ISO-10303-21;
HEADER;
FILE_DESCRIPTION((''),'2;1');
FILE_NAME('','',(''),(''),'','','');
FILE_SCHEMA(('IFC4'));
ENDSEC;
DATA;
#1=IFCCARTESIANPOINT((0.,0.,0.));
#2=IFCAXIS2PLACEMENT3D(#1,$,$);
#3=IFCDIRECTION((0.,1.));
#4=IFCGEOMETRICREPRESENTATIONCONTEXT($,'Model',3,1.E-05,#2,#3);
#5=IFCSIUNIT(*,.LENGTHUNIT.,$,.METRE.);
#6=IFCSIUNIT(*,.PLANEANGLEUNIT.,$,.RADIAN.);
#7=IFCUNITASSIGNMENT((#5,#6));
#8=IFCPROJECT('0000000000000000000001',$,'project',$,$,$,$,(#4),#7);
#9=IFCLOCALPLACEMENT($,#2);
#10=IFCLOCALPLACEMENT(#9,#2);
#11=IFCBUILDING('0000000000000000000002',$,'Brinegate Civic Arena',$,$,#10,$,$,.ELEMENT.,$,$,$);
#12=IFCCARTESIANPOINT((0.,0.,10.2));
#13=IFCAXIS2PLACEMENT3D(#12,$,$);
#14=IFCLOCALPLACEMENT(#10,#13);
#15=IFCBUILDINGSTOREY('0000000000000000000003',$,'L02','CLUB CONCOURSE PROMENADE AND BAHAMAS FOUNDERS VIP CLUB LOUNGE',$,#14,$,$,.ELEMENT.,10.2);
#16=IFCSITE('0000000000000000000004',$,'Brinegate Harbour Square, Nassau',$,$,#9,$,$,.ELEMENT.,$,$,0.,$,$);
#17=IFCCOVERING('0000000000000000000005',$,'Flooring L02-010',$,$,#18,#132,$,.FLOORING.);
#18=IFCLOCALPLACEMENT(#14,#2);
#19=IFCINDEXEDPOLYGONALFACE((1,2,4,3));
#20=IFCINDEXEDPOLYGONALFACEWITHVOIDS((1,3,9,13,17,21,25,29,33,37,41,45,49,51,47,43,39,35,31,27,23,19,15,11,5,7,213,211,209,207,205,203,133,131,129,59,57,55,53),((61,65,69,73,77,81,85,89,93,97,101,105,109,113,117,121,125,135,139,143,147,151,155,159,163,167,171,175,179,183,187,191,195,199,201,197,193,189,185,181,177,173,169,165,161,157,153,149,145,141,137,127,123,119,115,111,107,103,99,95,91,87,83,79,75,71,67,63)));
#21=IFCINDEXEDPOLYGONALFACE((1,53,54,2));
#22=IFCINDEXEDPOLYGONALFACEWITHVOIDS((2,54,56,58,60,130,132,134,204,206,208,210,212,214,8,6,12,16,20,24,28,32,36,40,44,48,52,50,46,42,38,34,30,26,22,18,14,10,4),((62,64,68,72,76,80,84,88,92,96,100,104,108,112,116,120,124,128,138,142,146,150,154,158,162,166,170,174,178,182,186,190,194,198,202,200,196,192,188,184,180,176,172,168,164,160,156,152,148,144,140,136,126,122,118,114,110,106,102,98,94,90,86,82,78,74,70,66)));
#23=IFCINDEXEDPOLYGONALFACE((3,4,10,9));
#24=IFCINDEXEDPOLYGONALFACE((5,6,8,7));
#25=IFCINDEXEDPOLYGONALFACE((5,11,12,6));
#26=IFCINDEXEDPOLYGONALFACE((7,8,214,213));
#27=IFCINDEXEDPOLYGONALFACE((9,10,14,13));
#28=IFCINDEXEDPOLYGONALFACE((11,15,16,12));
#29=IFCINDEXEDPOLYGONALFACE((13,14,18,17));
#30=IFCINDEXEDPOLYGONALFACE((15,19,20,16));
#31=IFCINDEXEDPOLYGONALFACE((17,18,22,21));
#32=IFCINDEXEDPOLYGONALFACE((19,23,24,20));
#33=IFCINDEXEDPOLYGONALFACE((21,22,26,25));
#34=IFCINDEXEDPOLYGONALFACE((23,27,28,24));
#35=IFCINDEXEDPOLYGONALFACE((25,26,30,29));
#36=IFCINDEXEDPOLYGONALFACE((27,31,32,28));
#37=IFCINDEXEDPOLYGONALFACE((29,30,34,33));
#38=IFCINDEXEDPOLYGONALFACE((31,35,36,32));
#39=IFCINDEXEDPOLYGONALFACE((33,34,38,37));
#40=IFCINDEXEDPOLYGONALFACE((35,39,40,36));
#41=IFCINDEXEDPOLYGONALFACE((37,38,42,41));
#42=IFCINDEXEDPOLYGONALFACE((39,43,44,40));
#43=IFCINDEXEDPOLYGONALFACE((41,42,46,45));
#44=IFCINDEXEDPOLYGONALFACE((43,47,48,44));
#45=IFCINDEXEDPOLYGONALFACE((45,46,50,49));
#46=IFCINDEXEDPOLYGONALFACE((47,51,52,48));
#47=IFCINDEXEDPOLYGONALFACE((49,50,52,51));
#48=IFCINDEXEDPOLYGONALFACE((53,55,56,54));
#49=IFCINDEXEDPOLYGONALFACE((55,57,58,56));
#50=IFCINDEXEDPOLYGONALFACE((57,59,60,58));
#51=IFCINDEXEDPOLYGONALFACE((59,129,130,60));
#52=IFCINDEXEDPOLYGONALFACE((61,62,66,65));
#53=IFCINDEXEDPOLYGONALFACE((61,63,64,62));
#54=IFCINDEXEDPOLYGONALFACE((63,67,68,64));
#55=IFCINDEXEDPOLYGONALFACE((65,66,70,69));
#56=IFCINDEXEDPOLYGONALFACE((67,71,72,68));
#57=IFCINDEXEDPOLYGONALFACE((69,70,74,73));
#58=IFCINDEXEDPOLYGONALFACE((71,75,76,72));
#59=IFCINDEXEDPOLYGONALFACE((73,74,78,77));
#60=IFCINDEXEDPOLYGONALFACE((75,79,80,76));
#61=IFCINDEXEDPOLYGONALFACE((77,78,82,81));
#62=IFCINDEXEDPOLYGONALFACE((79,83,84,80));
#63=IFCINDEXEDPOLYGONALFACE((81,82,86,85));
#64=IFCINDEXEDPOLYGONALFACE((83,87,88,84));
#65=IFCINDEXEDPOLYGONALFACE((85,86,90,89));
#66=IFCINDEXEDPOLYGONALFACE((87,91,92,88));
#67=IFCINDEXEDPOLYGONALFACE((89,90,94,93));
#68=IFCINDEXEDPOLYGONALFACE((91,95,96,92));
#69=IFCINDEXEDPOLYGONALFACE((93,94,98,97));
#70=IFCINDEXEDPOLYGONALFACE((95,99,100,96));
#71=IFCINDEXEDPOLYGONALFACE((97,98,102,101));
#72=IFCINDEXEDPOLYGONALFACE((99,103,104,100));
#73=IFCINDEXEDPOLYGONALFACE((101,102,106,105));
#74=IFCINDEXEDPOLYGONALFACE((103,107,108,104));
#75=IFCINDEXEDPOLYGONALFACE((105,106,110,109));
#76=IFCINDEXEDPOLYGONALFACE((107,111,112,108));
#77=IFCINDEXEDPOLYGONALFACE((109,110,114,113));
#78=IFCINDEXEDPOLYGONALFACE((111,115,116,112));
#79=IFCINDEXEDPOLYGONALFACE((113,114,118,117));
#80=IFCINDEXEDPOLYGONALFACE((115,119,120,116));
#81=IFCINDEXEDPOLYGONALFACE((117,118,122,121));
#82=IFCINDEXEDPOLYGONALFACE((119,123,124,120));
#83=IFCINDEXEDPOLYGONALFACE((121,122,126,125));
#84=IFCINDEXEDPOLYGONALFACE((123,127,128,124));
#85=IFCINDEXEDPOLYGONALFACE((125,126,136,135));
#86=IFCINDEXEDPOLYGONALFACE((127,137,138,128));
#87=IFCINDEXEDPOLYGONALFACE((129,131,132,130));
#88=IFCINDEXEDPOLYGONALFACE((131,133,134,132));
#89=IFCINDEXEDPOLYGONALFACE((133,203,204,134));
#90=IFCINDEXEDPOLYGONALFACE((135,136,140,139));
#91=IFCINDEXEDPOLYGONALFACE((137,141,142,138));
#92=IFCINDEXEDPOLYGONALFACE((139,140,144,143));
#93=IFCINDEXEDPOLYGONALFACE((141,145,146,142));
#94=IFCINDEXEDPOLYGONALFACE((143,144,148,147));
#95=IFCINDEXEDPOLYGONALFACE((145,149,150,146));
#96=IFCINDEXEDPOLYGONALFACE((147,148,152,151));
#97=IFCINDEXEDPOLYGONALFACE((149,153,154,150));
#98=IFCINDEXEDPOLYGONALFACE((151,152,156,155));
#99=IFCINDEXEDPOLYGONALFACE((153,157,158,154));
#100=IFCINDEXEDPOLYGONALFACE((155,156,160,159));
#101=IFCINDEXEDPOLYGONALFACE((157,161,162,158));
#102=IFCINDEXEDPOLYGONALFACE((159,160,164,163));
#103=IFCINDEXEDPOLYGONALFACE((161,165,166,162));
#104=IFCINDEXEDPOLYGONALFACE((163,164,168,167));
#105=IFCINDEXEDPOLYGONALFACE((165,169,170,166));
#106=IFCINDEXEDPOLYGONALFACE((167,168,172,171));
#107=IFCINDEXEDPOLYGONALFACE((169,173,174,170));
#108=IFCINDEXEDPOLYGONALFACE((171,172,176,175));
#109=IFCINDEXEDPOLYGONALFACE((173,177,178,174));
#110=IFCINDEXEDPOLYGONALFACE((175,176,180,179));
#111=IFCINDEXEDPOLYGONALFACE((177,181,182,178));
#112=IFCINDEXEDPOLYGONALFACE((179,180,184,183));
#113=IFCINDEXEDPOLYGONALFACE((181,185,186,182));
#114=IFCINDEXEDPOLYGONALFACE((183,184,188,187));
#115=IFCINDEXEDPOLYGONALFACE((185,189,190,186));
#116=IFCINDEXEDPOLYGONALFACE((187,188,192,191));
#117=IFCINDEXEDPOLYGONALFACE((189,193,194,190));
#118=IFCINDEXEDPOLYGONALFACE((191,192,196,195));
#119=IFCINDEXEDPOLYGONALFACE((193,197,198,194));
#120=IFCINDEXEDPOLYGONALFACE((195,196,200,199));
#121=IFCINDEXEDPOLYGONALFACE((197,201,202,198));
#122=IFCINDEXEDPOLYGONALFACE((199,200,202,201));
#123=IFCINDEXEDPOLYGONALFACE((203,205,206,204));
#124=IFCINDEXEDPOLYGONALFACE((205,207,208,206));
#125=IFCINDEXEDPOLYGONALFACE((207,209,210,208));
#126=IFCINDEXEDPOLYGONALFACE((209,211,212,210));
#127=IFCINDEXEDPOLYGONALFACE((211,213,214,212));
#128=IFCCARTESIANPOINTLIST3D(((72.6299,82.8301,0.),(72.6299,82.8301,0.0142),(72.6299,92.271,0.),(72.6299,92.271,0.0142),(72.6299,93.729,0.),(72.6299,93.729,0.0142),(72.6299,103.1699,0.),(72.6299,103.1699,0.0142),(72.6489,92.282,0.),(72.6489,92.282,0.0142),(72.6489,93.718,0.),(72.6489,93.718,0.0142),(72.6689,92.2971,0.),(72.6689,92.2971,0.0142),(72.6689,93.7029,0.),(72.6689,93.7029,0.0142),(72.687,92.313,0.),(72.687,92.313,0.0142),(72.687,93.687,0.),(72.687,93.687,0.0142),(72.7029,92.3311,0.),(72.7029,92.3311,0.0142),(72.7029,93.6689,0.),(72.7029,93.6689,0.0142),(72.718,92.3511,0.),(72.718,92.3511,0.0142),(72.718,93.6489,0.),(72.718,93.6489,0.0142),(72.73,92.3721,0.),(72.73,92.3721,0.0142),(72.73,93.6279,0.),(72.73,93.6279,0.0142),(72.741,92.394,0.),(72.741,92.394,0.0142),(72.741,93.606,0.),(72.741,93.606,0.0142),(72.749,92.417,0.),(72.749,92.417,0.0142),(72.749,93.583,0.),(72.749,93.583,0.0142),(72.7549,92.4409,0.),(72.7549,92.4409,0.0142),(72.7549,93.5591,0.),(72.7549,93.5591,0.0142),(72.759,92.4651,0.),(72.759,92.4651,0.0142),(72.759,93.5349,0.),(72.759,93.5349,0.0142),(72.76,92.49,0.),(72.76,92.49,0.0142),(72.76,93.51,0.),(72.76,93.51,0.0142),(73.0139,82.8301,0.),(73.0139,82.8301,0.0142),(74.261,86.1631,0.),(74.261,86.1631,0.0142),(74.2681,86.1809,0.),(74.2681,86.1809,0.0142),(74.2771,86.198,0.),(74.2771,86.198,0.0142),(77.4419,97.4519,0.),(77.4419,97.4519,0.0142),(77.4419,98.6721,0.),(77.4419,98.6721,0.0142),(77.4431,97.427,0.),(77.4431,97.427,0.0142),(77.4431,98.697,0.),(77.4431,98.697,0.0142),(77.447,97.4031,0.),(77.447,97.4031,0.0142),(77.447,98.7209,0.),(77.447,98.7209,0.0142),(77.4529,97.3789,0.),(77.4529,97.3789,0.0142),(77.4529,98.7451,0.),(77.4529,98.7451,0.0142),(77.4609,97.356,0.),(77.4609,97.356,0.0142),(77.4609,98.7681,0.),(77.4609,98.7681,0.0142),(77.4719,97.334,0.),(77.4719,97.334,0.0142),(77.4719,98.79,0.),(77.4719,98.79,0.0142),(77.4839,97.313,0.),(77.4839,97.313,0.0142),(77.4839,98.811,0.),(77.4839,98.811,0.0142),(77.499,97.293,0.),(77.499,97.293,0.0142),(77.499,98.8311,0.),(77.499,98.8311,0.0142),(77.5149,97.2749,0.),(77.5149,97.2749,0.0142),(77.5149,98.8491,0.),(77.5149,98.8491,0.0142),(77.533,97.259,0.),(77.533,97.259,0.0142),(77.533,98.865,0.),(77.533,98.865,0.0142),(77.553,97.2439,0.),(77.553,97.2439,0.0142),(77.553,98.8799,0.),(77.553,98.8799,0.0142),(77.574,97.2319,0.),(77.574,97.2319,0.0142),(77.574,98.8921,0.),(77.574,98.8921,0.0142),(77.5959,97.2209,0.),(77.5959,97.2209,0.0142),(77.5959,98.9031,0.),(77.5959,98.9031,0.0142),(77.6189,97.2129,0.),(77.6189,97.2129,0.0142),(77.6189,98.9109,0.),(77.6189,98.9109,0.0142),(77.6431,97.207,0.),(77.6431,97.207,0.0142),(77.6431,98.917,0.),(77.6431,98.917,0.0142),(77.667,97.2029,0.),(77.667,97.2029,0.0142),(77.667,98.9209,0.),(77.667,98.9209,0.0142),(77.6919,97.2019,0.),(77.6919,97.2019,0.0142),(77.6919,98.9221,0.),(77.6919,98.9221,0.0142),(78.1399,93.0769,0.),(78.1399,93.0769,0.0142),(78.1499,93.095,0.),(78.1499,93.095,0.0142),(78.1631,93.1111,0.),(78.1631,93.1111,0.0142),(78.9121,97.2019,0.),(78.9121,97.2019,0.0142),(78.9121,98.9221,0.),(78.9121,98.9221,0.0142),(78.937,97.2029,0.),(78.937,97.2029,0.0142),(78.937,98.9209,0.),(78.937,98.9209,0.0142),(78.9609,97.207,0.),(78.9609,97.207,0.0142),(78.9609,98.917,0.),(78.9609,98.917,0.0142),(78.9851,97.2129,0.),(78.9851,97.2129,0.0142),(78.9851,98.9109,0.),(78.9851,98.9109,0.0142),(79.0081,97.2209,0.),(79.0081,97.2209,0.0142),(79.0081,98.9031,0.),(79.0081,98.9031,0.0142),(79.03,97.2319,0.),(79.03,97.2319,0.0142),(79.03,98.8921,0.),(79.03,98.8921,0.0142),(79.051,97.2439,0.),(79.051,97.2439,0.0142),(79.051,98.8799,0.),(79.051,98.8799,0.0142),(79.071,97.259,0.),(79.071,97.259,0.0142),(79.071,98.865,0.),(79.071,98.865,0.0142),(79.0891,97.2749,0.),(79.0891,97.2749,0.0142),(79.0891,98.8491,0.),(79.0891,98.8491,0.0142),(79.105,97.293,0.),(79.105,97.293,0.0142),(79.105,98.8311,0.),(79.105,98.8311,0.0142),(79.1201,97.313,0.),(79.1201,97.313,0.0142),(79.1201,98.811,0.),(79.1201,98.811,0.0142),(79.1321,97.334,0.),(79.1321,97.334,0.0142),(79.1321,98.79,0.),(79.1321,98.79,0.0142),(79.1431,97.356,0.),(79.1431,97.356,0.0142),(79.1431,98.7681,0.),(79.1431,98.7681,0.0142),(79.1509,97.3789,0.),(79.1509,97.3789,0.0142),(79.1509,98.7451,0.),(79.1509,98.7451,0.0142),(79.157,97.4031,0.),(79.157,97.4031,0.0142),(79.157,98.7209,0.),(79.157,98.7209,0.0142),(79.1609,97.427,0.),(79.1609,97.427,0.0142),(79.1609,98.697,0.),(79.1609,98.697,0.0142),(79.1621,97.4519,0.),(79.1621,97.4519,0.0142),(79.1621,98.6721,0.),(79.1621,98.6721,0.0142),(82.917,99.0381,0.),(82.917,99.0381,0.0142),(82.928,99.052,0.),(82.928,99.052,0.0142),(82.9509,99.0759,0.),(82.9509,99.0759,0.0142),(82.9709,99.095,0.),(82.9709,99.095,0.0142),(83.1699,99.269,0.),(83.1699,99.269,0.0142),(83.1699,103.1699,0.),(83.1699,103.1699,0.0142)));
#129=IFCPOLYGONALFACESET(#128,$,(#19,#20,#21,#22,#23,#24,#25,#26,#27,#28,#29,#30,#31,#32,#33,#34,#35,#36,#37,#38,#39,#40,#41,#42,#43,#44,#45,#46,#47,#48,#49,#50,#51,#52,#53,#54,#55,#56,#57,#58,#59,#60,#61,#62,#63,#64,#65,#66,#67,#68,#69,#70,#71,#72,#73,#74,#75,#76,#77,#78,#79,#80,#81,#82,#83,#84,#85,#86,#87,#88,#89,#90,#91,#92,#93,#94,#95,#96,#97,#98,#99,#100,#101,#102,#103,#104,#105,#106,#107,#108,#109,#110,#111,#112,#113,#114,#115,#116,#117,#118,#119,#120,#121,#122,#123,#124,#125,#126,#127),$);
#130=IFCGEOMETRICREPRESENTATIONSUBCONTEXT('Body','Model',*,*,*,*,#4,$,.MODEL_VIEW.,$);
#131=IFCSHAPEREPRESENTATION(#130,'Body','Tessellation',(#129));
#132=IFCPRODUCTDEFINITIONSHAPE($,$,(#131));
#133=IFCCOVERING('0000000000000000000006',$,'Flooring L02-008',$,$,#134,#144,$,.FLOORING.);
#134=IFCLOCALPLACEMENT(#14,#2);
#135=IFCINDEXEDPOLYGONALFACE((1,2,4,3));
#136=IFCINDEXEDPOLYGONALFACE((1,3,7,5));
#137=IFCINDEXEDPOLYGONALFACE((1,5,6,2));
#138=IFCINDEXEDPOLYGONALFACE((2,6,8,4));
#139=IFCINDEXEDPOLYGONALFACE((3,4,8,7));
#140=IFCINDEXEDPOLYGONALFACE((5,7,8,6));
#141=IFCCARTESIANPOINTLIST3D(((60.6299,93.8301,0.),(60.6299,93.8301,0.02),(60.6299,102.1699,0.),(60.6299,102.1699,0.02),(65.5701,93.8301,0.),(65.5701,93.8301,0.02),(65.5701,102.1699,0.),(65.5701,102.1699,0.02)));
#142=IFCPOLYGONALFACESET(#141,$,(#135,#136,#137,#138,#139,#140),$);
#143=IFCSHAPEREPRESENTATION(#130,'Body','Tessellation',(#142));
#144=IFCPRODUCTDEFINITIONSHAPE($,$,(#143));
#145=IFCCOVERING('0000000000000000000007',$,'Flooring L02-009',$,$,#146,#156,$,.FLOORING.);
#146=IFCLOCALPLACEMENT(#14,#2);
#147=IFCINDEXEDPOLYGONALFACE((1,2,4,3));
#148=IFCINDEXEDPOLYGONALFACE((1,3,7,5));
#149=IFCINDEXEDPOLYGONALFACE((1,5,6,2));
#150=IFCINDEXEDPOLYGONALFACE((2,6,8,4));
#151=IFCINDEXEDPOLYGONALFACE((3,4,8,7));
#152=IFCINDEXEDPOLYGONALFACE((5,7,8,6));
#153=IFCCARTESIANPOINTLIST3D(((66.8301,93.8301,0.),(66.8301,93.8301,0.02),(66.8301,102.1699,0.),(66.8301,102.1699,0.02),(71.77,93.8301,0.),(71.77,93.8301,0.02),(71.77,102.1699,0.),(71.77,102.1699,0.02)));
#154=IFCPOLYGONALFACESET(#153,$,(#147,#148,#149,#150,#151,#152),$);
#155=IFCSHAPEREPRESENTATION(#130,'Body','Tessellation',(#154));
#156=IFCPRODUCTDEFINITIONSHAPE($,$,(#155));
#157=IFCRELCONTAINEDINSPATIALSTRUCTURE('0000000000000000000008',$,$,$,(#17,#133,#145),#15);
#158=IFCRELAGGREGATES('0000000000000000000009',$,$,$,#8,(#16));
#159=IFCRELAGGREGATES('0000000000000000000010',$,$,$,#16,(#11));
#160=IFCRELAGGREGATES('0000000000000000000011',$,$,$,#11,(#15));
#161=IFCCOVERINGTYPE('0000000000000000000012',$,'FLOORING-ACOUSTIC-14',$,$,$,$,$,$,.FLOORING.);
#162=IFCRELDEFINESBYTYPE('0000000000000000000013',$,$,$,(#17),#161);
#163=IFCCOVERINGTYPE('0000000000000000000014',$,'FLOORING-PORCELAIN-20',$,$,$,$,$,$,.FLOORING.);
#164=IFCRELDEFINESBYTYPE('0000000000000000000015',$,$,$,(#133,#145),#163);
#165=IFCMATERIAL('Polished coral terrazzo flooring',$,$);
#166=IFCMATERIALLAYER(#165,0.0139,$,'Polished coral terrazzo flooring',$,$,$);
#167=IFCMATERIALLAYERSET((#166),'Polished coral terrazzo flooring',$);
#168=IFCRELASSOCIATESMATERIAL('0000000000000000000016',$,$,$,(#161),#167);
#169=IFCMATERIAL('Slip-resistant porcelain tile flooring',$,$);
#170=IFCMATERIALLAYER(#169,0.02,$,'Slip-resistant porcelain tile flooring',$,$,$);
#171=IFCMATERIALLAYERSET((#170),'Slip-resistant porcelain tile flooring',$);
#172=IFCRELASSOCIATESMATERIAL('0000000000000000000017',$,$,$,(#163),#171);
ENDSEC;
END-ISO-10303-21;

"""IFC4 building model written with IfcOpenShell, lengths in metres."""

from ifc_helpers import new_model, si_unit, direction, frame, origin, place, context, subcontext, project, spatial, polyline, outline, extrude, material, layer, layer_set, type_object, element, save


model = new_model("IFC4")

# Units and contexts
model_context = context("Model", 3, precision=1e-05, world=origin(), true_north=direction((0.0, 1.0)))
body_context = subcontext(model_context, "Body", "Model", "MODEL_VIEW")
ifc_project = project(units=[si_unit("LENGTHUNIT", "METRE"), si_unit("PLANEANGLEUNIT", "RADIAN")], contexts=[model_context])

# Site, building, storey
site_placement = place(None, origin())
site = spatial("IfcSite", under=ifc_project, at=site_placement, Name="Brinegate Harbour Square, Nassau", CompositionType="ELEMENT", RefElevation=0.0)
building_placement = place(site_placement, origin())
building = spatial("IfcBuilding", under=site, at=building_placement, Name="Brinegate Civic Arena", CompositionType="ELEMENT")
storey_placement = place(building_placement, frame((0.0, 0.0, 10.2)))
storey = spatial("IfcBuildingStorey", under=building, at=storey_placement, Name="L02", Description="CLUB CONCOURSE PROMENADE AND BAHAMAS FOUNDERS VIP CLUB LOUNGE", CompositionType="ELEMENT", Elevation=10.2)

# Coverings
ifc_material_1 = material(Name="Polished coral terrazzo flooring")
ifc_layer_1 = layer(ifc_material_1, 0.0139, Name="Polished coral terrazzo flooring")
ifc_layer_set_1 = layer_set([ifc_layer_1], Name="Polished coral terrazzo flooring")
covering_type_1 = type_object("IfcCoveringType", Name="FLOORING-ACOUSTIC-14", PredefinedType="FLOORING", material=ifc_layer_set_1)
covering_1_placement = place(storey_placement, origin())
element("IfcCovering", 1, at=covering_1_placement, inside=storey, type_object=covering_type_1, Name="Flooring L02-010", PredefinedType="FLOORING", context=body_context, shape_type="SweptSolid", body=[
    extrude(outline(polyline([(72.6299, 82.8301), (72.6299, 92.271), (72.6489, 92.282), (72.6689, 92.2971), (72.687, 92.313), (72.7029, 92.3311), (72.718, 92.3511), (72.73, 92.3721), (72.741, 92.394), (72.749, 92.417), (72.7549, 92.4409), (72.759, 92.4651), (72.76, 92.49), (72.76, 93.51), (72.759, 93.5349), (72.7549, 93.5591), (72.749, 93.583), (72.741, 93.606), (72.73, 93.6279), (72.718, 93.6489), (72.7029, 93.6689), (72.687, 93.687), (72.6689, 93.7029), (72.6489, 93.718), (72.6299, 93.729), (72.6299, 103.1699), (83.1699, 103.1699), (83.1699, 99.269), (82.9709, 99.095), (82.9509, 99.0759), (82.928, 99.052), (82.917, 99.0381), (78.1631, 93.1111), (78.1499, 93.095), (78.1399, 93.0769), (74.2771, 86.198), (74.2681, 86.1809), (74.261, 86.1631), (73.0139, 82.8301), (72.6299, 82.8301)]), holes=[polyline([(77.6919, 98.9221), (77.667, 98.9209), (77.6431, 98.917), (77.6189, 98.9109), (77.5959, 98.9031), (77.574, 98.8921), (77.553, 98.8799), (77.533, 98.865), (77.5149, 98.8491), (77.499, 98.8311), (77.4839, 98.811), (77.4719, 98.79), (77.4609, 98.7681), (77.4529, 98.7451), (77.447, 98.7209), (77.4431, 98.697), (77.4419, 98.6721), (77.4419, 97.4519), (77.4431, 97.427), (77.447, 97.4031), (77.4529, 97.3789), (77.4609, 97.356), (77.4719, 97.334), (77.4839, 97.313), (77.499, 97.293), (77.5149, 97.2749), (77.533, 97.259), (77.553, 97.2439), (77.574, 97.2319), (77.5959, 97.2209), (77.6189, 97.2129), (77.6431, 97.207), (77.667, 97.2029), (77.6919, 97.2019), (78.9121, 97.2019), (78.937, 97.2029), (78.9609, 97.207), (78.9851, 97.2129), (79.0081, 97.2209), (79.03, 97.2319), (79.051, 97.2439), (79.071, 97.259), (79.0891, 97.2749), (79.105, 97.293), (79.1201, 97.313), (79.1321, 97.334), (79.1431, 97.356), (79.1509, 97.3789), (79.157, 97.4031), (79.1609, 97.427), (79.1621, 97.4519), (79.1621, 98.6721), (79.1609, 98.697), (79.157, 98.7209), (79.1509, 98.7451), (79.1431, 98.7681), (79.1321, 98.79), (79.1201, 98.811), (79.105, 98.8311), (79.0891, 98.8491), (79.071, 98.865), (79.051, 98.8799), (79.03, 98.8921), (79.0081, 98.9031), (78.9851, 98.9109), (78.9609, 98.917), (78.937, 98.9209), (78.9121, 98.9221), (77.6919, 98.9221)])]), origin(), (0.0, 0.0, 1.0), 0.0142),
])
ifc_material_2 = material(Name="Slip-resistant porcelain tile flooring")
ifc_layer_2 = layer(ifc_material_2, 0.02, Name="Slip-resistant porcelain tile flooring")
ifc_layer_set_2 = layer_set([ifc_layer_2], Name="Slip-resistant porcelain tile flooring")
covering_type_2 = type_object("IfcCoveringType", Name="FLOORING-PORCELAIN-20", PredefinedType="FLOORING", material=ifc_layer_set_2)
covering_2_placement = place(storey_placement, origin())
element("IfcCovering", 2, at=covering_2_placement, inside=storey, type_object=covering_type_2, Name="Flooring L02-008", PredefinedType="FLOORING", context=body_context, shape_type="SweptSolid", body=[
    extrude(outline(polyline([(60.6299, 93.8301), (60.6299, 102.1699), (65.5701, 102.1699), (65.5701, 93.8301), (60.6299, 93.8301)])), origin(), (0.0, 0.0, 1.0), 0.02),
])
covering_3_placement = place(storey_placement, origin())
element("IfcCovering", 3, at=covering_3_placement, inside=storey, type_object=covering_type_2, Name="Flooring L02-009", PredefinedType="FLOORING", context=body_context, shape_type="SweptSolid", body=[
    extrude(outline(polyline([(66.8301, 93.8301), (66.8301, 102.1699), (71.77, 102.1699), (71.77, 93.8301), (66.8301, 93.8301)])), origin(), (0.0, 0.0, 1.0), 0.02),
])

save(model, "model.ifc")
